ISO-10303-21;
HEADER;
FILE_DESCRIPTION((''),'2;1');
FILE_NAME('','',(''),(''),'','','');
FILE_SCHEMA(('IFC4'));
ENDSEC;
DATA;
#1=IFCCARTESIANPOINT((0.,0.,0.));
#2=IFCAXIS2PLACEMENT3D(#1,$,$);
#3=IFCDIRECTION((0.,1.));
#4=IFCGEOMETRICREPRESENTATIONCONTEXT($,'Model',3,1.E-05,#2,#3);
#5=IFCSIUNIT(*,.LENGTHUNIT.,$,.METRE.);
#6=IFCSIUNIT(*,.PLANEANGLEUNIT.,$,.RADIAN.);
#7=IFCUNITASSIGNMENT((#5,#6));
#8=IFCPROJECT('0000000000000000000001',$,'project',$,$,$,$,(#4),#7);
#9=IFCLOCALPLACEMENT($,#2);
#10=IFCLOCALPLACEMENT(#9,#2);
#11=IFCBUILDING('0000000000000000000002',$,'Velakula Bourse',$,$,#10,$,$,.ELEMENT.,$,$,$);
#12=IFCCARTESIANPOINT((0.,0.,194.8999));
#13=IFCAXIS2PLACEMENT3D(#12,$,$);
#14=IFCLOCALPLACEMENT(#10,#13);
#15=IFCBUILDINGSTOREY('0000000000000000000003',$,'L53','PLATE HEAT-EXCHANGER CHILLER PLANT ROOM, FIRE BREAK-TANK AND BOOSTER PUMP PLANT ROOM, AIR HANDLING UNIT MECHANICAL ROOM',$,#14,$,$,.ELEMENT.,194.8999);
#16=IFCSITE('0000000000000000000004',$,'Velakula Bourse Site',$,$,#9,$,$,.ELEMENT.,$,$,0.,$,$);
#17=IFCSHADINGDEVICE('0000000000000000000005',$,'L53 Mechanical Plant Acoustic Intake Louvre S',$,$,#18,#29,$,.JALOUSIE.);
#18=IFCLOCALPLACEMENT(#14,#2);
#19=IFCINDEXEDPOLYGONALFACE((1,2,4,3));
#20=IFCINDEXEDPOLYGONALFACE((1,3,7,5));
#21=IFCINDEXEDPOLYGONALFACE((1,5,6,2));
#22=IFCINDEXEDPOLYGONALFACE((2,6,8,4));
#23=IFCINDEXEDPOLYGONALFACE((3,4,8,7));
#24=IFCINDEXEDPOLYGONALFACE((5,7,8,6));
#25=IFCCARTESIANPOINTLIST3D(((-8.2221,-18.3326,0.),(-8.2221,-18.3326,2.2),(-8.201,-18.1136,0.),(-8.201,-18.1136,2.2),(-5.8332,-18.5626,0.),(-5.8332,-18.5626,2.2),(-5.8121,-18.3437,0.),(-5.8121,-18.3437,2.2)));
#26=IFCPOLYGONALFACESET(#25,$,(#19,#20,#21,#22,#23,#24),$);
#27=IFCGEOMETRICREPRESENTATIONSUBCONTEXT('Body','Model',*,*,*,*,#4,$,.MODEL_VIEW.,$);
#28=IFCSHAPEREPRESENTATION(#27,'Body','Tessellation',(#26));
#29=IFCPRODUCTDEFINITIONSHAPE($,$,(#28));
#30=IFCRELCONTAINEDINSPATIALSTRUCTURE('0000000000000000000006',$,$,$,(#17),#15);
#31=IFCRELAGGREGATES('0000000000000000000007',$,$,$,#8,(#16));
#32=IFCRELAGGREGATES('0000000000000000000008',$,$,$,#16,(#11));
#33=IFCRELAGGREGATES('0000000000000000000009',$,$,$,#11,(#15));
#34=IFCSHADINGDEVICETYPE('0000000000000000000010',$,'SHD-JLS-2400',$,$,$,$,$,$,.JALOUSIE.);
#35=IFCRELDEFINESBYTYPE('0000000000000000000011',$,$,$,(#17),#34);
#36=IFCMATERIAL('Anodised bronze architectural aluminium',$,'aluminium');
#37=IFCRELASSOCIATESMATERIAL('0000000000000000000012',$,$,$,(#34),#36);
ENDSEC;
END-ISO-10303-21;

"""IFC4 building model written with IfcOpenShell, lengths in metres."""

from ifc_helpers import new_model, si_unit, direction, frame, origin, origin_2d, place, context, subcontext, project, spatial, rectangle, extrude, material, type_object, element, save


model = new_model("IFC4")

# Units and contexts
model_context = context("Model", 3, precision=1e-05, world=origin(), true_north=direction((0.0, 1.0)))
body_context = subcontext(model_context, "Body", "Model", "MODEL_VIEW")
ifc_project = project(units=[si_unit("LENGTHUNIT", "METRE"), si_unit("PLANEANGLEUNIT", "RADIAN")], contexts=[model_context])

# Site, building, storey
site_placement = place(None, origin())
site = spatial("IfcSite", under=ifc_project, at=site_placement, Name="Velakula Bourse Site", CompositionType="ELEMENT", RefElevation=0.0)
building_placement = place(site_placement, origin())
building = spatial("IfcBuilding", under=site, at=building_placement, Name="Velakula Bourse", CompositionType="ELEMENT")
storey_placement = place(building_placement, frame((0.0, 0.0, 194.8999)))
storey = spatial("IfcBuildingStorey", under=building, at=storey_placement, Name="L53", Description="PLATE HEAT-EXCHANGER CHILLER PLANT ROOM, FIRE BREAK-TANK AND BOOSTER PUMP PLANT ROOM, AIR HANDLING UNIT MECHANICAL ROOM", CompositionType="ELEMENT", Elevation=194.8999)

# Shading device
ifc_material_1 = material(Name="Anodised bronze architectural aluminium", Category="aluminium")
shading_device_type = type_object("IfcShadingDeviceType", Name="SHD-JLS-2400", PredefinedType="JALOUSIE", material=ifc_material_1)
shading_device_placement = place(storey_placement, frame((-7.0171, -18.3381, 0.0), z_axis=(0.0, 0.0, 1.0), x_axis=(0.995396, -0.095846, 0.0)))
element("IfcShadingDevice", 1, at=shading_device_placement, inside=storey, type_object=shading_device_type, Name="L53 Mechanical Plant Acoustic Intake Louvre S", PredefinedType="JALOUSIE", context=body_context, shape_type="SweptSolid", body=[
    extrude(rectangle(XDim=2.3999, YDim=0.22, at=origin_2d()), origin(), (0.0, 0.0, 1.0), 2.2),
])

save(model, "model.ifc")
